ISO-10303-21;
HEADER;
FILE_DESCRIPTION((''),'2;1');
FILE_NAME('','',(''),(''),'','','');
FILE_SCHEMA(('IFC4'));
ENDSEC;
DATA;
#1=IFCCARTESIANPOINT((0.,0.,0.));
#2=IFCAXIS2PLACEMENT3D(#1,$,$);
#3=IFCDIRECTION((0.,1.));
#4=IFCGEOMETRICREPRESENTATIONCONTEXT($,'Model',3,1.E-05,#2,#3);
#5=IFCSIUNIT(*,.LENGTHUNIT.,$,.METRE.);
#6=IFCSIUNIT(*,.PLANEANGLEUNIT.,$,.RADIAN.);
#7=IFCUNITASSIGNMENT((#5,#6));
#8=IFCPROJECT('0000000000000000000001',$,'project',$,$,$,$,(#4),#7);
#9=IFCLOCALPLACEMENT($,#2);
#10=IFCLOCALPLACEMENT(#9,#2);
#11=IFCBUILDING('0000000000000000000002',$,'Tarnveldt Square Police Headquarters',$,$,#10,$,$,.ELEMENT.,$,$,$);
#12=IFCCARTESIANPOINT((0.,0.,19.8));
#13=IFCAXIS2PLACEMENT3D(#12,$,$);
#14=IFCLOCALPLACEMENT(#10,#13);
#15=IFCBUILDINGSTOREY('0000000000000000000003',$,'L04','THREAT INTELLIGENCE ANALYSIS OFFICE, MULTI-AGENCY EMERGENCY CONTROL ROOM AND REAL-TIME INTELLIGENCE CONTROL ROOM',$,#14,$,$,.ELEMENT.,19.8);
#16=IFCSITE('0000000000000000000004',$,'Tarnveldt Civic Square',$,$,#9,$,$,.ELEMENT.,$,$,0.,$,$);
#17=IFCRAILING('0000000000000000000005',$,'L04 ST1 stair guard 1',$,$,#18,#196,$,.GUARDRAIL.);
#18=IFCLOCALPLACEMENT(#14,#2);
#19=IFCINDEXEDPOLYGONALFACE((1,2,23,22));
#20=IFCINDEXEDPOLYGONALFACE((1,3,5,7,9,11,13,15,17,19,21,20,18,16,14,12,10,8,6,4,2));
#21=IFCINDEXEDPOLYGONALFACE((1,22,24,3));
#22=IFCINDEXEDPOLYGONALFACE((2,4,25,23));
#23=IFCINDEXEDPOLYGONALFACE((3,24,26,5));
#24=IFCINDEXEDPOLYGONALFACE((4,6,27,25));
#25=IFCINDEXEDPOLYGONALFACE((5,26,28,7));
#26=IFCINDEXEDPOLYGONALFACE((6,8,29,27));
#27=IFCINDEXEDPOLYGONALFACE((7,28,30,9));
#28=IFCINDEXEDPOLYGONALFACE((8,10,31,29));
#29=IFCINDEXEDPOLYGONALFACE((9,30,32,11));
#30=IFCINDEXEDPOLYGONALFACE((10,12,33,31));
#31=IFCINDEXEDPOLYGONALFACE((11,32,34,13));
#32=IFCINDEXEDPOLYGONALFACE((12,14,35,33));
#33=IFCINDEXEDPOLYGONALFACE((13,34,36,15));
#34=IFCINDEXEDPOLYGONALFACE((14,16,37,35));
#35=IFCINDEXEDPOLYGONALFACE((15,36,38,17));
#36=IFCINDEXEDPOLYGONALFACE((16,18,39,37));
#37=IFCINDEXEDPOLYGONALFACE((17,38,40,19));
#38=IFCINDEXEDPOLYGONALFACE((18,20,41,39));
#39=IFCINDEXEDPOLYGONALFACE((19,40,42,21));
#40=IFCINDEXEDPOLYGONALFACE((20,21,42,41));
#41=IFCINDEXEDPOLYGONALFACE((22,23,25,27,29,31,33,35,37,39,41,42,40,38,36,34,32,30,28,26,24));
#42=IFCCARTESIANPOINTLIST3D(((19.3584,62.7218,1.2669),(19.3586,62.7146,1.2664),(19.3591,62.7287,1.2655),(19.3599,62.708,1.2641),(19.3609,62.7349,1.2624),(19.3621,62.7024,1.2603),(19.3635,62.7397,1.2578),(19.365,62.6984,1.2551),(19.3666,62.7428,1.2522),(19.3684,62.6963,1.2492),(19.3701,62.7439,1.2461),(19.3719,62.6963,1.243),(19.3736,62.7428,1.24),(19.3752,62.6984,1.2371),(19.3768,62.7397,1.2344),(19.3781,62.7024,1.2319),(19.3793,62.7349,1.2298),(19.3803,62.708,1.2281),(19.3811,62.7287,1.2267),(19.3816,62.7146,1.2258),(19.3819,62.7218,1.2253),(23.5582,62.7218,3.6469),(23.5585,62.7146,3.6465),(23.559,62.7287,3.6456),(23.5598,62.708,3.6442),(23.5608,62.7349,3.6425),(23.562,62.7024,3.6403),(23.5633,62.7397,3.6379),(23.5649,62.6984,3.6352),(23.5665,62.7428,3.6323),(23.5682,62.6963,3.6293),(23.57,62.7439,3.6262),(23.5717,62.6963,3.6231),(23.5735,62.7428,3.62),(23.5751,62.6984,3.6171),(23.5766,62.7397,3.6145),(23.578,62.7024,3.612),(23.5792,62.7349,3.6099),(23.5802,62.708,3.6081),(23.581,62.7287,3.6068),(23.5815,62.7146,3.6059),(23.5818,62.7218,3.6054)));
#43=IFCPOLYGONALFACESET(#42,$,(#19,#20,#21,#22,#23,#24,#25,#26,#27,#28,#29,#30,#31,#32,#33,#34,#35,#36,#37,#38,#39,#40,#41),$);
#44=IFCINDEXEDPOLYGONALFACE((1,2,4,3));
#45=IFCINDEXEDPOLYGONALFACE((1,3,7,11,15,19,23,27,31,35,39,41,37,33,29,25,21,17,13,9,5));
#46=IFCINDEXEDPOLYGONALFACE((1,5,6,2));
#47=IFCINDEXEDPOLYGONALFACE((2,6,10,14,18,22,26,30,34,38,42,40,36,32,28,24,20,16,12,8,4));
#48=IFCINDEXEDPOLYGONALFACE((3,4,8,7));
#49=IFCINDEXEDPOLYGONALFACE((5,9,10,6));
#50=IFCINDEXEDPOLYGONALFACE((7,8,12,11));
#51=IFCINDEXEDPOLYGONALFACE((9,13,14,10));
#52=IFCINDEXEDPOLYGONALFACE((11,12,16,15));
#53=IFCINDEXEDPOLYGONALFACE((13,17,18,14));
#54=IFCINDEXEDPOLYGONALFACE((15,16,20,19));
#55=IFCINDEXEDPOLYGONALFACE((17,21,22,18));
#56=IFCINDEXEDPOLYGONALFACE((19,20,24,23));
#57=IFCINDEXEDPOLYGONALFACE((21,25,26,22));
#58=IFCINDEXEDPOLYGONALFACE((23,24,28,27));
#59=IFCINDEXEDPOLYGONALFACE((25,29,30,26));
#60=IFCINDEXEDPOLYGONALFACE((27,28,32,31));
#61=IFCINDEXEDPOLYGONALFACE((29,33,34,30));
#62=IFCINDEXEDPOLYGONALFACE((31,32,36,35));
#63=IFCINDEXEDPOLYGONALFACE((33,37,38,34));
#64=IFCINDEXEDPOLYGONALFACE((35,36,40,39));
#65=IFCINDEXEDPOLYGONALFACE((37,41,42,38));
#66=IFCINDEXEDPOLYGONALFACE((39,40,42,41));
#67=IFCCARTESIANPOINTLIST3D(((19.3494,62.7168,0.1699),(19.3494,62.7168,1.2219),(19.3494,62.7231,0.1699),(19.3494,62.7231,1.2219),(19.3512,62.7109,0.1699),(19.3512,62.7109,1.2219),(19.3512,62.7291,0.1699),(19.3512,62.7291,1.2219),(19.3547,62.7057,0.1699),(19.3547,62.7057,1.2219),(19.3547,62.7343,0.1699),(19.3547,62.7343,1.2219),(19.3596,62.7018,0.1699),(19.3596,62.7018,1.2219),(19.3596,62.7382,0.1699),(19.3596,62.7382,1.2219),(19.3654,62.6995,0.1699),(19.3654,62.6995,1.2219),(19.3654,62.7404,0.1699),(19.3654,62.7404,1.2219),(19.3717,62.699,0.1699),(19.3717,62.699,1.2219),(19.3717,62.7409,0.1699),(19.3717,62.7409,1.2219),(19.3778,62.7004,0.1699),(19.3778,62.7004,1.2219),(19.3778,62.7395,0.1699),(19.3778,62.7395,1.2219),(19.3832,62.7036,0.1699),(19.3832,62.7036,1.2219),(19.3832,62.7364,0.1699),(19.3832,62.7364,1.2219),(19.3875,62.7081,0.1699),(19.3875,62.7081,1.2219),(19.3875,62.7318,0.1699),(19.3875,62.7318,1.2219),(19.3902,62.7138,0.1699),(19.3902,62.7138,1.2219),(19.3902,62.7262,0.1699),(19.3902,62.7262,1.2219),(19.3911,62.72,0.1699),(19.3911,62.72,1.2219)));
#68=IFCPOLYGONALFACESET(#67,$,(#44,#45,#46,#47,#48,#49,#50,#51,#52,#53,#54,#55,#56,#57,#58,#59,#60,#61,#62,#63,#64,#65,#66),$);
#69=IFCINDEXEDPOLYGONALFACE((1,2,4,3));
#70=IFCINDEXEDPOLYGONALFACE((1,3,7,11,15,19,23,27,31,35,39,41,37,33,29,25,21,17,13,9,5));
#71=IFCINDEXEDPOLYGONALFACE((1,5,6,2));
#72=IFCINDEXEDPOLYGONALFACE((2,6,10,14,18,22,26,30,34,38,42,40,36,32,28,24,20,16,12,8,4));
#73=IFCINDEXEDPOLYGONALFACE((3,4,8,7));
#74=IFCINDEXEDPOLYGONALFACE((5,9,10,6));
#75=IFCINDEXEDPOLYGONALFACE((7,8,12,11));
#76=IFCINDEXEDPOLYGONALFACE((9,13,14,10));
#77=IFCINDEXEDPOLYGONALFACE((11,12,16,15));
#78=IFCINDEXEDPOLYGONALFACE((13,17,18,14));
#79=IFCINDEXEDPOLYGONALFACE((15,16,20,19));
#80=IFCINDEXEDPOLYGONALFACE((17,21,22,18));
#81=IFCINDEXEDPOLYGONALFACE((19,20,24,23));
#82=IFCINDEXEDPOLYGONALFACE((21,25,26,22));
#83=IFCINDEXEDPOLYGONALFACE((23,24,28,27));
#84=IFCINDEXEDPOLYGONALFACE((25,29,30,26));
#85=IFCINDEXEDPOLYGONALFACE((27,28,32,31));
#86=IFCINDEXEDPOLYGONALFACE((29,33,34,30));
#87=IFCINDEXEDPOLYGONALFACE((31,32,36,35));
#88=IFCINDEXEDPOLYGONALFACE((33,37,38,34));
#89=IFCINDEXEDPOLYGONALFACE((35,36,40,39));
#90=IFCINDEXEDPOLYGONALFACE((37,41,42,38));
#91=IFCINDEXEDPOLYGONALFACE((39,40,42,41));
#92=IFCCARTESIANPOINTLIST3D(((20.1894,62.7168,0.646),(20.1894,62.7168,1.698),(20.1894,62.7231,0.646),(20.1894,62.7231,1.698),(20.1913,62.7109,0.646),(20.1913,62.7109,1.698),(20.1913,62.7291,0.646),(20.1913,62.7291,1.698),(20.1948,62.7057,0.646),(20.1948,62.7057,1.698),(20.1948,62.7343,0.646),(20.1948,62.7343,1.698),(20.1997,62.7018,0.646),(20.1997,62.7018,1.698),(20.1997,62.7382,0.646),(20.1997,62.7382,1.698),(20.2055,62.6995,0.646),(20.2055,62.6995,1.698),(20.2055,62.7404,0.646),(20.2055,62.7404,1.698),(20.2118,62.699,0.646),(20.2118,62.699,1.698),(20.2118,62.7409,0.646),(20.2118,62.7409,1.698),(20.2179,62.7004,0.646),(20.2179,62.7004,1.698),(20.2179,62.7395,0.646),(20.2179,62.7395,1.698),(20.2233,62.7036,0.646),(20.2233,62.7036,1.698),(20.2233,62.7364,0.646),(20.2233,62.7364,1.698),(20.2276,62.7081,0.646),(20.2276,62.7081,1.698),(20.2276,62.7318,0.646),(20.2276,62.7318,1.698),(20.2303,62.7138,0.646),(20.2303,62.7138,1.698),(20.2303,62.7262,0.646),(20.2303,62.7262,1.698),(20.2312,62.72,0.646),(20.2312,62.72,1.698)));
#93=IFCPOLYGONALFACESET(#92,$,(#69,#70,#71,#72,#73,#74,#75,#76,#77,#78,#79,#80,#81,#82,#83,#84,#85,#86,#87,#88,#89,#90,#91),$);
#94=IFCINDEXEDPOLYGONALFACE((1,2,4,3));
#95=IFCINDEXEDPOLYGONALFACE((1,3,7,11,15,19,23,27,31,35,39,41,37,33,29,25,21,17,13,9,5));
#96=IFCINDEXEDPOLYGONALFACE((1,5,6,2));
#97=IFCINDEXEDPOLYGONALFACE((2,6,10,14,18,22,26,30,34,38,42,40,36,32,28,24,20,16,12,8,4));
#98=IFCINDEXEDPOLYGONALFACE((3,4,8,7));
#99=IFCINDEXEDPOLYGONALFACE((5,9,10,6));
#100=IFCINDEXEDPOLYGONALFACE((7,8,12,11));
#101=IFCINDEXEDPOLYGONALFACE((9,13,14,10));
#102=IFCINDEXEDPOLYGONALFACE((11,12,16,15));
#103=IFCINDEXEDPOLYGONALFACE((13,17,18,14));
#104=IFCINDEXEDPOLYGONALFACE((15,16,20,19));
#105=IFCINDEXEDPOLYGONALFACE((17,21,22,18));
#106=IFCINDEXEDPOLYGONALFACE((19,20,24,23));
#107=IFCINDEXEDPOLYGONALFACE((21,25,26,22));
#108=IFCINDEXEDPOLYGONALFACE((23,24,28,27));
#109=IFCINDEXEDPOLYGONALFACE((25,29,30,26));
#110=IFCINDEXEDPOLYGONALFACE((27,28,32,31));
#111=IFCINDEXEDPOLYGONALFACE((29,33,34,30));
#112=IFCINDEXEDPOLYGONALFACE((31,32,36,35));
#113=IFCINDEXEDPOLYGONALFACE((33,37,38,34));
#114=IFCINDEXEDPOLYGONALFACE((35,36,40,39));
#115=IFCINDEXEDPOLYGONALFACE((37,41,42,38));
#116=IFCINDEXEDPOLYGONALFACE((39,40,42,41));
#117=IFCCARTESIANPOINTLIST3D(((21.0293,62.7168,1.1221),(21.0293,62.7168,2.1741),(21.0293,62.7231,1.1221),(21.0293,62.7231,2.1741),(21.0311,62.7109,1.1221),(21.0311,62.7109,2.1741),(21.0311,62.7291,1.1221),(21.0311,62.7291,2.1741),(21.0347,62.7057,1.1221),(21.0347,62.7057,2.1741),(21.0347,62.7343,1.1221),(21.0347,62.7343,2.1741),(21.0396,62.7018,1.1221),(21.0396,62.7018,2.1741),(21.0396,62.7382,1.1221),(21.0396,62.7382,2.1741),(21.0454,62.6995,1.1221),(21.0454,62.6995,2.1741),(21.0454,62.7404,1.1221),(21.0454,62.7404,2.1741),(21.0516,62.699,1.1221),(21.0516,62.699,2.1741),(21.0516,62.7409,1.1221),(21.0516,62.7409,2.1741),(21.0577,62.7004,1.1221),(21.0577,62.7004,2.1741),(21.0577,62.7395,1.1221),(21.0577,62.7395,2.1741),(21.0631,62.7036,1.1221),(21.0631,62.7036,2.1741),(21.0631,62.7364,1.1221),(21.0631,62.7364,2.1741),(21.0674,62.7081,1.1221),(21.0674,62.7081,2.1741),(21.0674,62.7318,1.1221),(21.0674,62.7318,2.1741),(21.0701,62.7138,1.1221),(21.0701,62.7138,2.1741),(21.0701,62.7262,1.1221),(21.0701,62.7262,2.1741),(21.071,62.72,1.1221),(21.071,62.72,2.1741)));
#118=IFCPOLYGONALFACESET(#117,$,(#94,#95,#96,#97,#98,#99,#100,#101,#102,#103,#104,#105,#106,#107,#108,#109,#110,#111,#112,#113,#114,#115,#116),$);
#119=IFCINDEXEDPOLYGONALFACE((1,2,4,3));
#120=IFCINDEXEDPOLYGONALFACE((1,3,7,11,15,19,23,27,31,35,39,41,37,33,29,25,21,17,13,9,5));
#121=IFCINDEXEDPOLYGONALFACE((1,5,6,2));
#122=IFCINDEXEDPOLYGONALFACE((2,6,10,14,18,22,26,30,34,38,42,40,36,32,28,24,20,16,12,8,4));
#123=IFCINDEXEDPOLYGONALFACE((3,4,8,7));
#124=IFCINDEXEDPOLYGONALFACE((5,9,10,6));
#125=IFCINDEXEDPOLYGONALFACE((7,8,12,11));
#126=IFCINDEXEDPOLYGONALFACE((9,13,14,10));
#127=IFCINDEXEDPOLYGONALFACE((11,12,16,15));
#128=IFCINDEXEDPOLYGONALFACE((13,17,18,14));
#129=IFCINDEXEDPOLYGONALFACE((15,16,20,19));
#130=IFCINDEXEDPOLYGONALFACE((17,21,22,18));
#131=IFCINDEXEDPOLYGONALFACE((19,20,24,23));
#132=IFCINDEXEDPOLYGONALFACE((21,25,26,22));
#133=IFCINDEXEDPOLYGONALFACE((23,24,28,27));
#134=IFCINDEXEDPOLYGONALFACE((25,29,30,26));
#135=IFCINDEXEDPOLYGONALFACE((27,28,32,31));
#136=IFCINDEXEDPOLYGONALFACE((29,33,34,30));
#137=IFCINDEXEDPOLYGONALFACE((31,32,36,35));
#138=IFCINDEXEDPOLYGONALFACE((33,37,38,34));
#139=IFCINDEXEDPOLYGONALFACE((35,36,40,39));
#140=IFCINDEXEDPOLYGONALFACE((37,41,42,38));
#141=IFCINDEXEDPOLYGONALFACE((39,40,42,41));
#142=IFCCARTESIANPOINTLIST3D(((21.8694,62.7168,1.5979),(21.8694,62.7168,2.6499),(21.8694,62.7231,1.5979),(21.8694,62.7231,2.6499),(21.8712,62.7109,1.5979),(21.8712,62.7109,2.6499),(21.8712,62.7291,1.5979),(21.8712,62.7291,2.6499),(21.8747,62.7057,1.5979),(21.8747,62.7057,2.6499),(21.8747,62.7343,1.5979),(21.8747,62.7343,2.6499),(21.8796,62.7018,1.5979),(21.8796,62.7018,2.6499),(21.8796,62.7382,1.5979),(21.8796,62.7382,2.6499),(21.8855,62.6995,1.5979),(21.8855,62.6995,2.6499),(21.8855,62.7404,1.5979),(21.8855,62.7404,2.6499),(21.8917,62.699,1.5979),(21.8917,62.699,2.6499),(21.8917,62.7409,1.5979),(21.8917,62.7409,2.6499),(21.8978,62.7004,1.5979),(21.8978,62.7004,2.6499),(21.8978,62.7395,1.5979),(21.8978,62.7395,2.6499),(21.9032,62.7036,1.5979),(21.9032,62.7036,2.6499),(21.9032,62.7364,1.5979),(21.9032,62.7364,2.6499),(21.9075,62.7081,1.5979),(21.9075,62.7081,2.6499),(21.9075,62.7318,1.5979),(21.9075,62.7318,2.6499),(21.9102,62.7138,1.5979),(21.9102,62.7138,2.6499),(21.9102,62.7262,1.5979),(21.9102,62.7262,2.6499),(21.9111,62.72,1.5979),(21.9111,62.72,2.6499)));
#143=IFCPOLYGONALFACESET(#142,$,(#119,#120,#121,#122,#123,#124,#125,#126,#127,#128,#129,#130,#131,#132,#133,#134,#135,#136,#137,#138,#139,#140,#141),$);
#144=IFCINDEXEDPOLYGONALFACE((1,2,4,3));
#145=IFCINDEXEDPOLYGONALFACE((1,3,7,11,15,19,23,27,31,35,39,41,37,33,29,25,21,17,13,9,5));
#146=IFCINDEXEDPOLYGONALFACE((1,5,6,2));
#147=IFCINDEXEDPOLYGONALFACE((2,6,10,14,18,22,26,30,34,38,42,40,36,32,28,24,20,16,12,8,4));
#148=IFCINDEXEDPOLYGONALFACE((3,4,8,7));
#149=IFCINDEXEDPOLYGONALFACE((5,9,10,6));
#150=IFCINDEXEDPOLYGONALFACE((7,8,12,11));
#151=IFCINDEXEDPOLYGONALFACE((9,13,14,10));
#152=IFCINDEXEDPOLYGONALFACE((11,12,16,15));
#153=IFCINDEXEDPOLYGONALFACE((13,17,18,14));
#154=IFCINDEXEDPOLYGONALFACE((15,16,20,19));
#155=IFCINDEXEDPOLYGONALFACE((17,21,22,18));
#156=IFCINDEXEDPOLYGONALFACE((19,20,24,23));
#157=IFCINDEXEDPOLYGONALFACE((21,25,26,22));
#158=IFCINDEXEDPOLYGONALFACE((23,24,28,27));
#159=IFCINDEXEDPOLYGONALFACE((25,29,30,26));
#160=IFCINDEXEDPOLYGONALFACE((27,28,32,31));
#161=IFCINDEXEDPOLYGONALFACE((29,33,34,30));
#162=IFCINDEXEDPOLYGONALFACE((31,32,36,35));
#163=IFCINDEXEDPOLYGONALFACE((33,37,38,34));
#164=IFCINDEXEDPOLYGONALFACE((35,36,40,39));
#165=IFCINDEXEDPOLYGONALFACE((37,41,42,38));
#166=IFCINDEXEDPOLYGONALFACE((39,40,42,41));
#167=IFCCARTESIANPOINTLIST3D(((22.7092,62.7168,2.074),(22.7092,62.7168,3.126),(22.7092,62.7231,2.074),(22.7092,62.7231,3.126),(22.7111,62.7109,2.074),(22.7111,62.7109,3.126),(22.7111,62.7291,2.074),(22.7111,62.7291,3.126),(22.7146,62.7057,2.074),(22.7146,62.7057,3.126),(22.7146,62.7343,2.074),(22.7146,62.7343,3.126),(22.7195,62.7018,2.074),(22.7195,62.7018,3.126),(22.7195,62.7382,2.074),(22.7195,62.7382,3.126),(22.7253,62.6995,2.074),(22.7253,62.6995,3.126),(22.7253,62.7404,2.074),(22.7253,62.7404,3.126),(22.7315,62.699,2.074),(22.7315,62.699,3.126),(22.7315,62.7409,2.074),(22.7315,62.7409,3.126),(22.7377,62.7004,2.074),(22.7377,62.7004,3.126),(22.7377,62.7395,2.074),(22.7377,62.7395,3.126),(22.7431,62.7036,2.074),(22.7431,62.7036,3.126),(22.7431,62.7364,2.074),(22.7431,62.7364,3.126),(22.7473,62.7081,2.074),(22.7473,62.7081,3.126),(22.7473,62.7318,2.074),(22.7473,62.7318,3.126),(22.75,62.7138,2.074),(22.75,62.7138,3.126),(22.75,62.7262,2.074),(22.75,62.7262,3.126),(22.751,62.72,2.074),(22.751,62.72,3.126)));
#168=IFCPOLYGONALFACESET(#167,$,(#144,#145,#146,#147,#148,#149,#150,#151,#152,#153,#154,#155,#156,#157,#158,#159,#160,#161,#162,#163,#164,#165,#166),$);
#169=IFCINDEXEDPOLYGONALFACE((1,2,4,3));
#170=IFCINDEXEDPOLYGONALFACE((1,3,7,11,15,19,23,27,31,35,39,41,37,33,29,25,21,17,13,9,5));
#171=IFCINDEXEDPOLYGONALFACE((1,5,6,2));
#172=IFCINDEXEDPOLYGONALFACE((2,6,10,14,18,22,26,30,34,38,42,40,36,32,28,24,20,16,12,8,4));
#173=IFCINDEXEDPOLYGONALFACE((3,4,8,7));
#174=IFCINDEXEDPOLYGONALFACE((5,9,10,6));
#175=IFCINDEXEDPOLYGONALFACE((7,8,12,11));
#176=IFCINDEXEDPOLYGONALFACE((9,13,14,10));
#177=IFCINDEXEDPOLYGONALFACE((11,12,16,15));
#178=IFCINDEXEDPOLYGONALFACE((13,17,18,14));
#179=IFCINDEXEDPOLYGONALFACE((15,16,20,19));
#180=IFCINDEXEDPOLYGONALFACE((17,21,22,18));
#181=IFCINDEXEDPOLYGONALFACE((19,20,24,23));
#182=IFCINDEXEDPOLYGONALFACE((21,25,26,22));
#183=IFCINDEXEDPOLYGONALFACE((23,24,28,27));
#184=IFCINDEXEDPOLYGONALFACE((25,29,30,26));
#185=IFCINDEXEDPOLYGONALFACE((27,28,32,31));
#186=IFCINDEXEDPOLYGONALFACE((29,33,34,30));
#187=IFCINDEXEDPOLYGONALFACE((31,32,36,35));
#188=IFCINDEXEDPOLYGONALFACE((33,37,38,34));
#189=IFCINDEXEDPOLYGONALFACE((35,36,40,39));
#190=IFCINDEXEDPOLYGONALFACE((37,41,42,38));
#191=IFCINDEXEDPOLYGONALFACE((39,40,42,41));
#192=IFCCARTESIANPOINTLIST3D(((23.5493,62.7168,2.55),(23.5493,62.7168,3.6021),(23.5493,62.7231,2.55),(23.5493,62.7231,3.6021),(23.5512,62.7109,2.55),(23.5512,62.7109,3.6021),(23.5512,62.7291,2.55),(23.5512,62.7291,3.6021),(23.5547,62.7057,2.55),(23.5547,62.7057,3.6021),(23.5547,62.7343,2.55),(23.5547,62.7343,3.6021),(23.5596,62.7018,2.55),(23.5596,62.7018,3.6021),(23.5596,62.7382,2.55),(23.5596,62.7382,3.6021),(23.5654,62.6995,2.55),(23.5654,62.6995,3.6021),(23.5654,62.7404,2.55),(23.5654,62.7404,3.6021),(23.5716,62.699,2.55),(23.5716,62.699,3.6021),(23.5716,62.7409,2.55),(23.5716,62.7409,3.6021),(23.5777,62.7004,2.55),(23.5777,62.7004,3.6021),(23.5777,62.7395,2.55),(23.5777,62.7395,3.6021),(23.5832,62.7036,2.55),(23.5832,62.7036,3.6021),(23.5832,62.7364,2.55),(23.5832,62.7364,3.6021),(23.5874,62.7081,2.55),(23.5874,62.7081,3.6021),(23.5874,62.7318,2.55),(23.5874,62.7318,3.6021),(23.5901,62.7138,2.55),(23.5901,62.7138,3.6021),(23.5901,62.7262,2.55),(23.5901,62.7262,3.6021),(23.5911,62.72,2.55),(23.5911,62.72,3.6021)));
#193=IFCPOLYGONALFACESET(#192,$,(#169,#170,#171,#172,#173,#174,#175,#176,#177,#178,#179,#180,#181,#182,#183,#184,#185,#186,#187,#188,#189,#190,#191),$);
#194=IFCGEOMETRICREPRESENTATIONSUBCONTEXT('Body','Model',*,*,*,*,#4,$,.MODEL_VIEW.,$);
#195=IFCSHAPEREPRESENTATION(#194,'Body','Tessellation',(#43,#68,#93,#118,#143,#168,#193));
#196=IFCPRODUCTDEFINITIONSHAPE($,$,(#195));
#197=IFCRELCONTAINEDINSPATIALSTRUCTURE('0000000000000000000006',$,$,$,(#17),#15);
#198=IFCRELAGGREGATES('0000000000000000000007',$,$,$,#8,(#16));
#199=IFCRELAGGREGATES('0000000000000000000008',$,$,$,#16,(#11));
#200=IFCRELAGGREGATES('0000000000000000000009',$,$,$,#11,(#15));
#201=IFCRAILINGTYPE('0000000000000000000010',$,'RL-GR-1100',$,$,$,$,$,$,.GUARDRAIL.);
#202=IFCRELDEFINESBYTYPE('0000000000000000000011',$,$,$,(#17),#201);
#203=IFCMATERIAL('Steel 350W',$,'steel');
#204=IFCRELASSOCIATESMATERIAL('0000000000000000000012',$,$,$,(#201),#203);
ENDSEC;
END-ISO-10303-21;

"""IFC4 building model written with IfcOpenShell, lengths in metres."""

from ifc_helpers import new_model, si_unit, direction, frame, origin, origin_2d, place, context, subcontext, project, spatial, circle, extrude, material, type_object, element, save


model = new_model("IFC4")

# Units and contexts
model_context = context("Model", 3, precision=1e-05, world=origin(), true_north=direction((0.0, 1.0)))
body_context = subcontext(model_context, "Body", "Model", "MODEL_VIEW")
ifc_project = project(units=[si_unit("LENGTHUNIT", "METRE"), si_unit("PLANEANGLEUNIT", "RADIAN")], contexts=[model_context])

# Site, building, storey
site_placement = place(None, origin())
site = spatial("IfcSite", under=ifc_project, at=site_placement, Name="Tarnveldt Civic Square", CompositionType="ELEMENT", RefElevation=0.0)
building_placement = place(site_placement, origin())
building = spatial("IfcBuilding", under=site, at=building_placement, Name="Tarnveldt Square Police Headquarters", CompositionType="ELEMENT")
storey_placement = place(building_placement, frame((0.0, 0.0, 19.8)))
storey = spatial("IfcBuildingStorey", under=building, at=storey_placement, Name="L04", Description="THREAT INTELLIGENCE ANALYSIS OFFICE, MULTI-AGENCY EMERGENCY CONTROL ROOM AND REAL-TIME INTELLIGENCE CONTROL ROOM", CompositionType="ELEMENT", Elevation=19.8)

# Shared definitions
ifc_material_1 = material(Name="Steel 350W", Category="steel")

# Railing
railing_type_1 = type_object("IfcRailingType", Name="RL-GR-1100", PredefinedType="GUARDRAIL", material=ifc_material_1)
railing_1_placement = place(storey_placement, frame((19.3701, 62.72, 0.1699)))
element("IfcRailing", 1, at=railing_1_placement, inside=storey, type_object=railing_type_1, Name="L04 ST1 stair guard 1", PredefinedType="GUARDRAIL", context=body_context, shape_type="SweptSolid", body=[
    extrude(circle(Radius=0.0239, at=origin_2d()), frame((0.0, 0.0, 1.0762), z_axis=(0.870008, 0.0, 0.493037), x_axis=(0.0, 1.0, 0.0)), (0.0, 0.0, 1.0), 4.8274),
    extrude(circle(Radius=0.021, at=origin_2d()), origin(), (0.0, 0.0, 1.0), 1.052),
    extrude(circle(Radius=0.021, at=origin_2d()), frame((0.8401, 0.0, 0.4761)), (0.0, 0.0, 1.0), 1.052),
    extrude(circle(Radius=0.021, at=origin_2d()), frame((1.6799, 0.0, 0.9521)), (0.0, 0.0, 1.0), 1.052),
    extrude(circle(Radius=0.021, at=origin_2d()), frame((2.52, 0.0, 1.428)), (0.0, 0.0, 1.0), 1.052),
    extrude(circle(Radius=0.021, at=origin_2d()), frame((3.3599, 0.0, 1.9041)), (0.0, 0.0, 1.0), 1.052),
    extrude(circle(Radius=0.021, at=origin_2d()), frame((4.2, 0.0, 2.3801)), (0.0, 0.0, 1.0), 1.052),
])

save(model, "model.ifc")
